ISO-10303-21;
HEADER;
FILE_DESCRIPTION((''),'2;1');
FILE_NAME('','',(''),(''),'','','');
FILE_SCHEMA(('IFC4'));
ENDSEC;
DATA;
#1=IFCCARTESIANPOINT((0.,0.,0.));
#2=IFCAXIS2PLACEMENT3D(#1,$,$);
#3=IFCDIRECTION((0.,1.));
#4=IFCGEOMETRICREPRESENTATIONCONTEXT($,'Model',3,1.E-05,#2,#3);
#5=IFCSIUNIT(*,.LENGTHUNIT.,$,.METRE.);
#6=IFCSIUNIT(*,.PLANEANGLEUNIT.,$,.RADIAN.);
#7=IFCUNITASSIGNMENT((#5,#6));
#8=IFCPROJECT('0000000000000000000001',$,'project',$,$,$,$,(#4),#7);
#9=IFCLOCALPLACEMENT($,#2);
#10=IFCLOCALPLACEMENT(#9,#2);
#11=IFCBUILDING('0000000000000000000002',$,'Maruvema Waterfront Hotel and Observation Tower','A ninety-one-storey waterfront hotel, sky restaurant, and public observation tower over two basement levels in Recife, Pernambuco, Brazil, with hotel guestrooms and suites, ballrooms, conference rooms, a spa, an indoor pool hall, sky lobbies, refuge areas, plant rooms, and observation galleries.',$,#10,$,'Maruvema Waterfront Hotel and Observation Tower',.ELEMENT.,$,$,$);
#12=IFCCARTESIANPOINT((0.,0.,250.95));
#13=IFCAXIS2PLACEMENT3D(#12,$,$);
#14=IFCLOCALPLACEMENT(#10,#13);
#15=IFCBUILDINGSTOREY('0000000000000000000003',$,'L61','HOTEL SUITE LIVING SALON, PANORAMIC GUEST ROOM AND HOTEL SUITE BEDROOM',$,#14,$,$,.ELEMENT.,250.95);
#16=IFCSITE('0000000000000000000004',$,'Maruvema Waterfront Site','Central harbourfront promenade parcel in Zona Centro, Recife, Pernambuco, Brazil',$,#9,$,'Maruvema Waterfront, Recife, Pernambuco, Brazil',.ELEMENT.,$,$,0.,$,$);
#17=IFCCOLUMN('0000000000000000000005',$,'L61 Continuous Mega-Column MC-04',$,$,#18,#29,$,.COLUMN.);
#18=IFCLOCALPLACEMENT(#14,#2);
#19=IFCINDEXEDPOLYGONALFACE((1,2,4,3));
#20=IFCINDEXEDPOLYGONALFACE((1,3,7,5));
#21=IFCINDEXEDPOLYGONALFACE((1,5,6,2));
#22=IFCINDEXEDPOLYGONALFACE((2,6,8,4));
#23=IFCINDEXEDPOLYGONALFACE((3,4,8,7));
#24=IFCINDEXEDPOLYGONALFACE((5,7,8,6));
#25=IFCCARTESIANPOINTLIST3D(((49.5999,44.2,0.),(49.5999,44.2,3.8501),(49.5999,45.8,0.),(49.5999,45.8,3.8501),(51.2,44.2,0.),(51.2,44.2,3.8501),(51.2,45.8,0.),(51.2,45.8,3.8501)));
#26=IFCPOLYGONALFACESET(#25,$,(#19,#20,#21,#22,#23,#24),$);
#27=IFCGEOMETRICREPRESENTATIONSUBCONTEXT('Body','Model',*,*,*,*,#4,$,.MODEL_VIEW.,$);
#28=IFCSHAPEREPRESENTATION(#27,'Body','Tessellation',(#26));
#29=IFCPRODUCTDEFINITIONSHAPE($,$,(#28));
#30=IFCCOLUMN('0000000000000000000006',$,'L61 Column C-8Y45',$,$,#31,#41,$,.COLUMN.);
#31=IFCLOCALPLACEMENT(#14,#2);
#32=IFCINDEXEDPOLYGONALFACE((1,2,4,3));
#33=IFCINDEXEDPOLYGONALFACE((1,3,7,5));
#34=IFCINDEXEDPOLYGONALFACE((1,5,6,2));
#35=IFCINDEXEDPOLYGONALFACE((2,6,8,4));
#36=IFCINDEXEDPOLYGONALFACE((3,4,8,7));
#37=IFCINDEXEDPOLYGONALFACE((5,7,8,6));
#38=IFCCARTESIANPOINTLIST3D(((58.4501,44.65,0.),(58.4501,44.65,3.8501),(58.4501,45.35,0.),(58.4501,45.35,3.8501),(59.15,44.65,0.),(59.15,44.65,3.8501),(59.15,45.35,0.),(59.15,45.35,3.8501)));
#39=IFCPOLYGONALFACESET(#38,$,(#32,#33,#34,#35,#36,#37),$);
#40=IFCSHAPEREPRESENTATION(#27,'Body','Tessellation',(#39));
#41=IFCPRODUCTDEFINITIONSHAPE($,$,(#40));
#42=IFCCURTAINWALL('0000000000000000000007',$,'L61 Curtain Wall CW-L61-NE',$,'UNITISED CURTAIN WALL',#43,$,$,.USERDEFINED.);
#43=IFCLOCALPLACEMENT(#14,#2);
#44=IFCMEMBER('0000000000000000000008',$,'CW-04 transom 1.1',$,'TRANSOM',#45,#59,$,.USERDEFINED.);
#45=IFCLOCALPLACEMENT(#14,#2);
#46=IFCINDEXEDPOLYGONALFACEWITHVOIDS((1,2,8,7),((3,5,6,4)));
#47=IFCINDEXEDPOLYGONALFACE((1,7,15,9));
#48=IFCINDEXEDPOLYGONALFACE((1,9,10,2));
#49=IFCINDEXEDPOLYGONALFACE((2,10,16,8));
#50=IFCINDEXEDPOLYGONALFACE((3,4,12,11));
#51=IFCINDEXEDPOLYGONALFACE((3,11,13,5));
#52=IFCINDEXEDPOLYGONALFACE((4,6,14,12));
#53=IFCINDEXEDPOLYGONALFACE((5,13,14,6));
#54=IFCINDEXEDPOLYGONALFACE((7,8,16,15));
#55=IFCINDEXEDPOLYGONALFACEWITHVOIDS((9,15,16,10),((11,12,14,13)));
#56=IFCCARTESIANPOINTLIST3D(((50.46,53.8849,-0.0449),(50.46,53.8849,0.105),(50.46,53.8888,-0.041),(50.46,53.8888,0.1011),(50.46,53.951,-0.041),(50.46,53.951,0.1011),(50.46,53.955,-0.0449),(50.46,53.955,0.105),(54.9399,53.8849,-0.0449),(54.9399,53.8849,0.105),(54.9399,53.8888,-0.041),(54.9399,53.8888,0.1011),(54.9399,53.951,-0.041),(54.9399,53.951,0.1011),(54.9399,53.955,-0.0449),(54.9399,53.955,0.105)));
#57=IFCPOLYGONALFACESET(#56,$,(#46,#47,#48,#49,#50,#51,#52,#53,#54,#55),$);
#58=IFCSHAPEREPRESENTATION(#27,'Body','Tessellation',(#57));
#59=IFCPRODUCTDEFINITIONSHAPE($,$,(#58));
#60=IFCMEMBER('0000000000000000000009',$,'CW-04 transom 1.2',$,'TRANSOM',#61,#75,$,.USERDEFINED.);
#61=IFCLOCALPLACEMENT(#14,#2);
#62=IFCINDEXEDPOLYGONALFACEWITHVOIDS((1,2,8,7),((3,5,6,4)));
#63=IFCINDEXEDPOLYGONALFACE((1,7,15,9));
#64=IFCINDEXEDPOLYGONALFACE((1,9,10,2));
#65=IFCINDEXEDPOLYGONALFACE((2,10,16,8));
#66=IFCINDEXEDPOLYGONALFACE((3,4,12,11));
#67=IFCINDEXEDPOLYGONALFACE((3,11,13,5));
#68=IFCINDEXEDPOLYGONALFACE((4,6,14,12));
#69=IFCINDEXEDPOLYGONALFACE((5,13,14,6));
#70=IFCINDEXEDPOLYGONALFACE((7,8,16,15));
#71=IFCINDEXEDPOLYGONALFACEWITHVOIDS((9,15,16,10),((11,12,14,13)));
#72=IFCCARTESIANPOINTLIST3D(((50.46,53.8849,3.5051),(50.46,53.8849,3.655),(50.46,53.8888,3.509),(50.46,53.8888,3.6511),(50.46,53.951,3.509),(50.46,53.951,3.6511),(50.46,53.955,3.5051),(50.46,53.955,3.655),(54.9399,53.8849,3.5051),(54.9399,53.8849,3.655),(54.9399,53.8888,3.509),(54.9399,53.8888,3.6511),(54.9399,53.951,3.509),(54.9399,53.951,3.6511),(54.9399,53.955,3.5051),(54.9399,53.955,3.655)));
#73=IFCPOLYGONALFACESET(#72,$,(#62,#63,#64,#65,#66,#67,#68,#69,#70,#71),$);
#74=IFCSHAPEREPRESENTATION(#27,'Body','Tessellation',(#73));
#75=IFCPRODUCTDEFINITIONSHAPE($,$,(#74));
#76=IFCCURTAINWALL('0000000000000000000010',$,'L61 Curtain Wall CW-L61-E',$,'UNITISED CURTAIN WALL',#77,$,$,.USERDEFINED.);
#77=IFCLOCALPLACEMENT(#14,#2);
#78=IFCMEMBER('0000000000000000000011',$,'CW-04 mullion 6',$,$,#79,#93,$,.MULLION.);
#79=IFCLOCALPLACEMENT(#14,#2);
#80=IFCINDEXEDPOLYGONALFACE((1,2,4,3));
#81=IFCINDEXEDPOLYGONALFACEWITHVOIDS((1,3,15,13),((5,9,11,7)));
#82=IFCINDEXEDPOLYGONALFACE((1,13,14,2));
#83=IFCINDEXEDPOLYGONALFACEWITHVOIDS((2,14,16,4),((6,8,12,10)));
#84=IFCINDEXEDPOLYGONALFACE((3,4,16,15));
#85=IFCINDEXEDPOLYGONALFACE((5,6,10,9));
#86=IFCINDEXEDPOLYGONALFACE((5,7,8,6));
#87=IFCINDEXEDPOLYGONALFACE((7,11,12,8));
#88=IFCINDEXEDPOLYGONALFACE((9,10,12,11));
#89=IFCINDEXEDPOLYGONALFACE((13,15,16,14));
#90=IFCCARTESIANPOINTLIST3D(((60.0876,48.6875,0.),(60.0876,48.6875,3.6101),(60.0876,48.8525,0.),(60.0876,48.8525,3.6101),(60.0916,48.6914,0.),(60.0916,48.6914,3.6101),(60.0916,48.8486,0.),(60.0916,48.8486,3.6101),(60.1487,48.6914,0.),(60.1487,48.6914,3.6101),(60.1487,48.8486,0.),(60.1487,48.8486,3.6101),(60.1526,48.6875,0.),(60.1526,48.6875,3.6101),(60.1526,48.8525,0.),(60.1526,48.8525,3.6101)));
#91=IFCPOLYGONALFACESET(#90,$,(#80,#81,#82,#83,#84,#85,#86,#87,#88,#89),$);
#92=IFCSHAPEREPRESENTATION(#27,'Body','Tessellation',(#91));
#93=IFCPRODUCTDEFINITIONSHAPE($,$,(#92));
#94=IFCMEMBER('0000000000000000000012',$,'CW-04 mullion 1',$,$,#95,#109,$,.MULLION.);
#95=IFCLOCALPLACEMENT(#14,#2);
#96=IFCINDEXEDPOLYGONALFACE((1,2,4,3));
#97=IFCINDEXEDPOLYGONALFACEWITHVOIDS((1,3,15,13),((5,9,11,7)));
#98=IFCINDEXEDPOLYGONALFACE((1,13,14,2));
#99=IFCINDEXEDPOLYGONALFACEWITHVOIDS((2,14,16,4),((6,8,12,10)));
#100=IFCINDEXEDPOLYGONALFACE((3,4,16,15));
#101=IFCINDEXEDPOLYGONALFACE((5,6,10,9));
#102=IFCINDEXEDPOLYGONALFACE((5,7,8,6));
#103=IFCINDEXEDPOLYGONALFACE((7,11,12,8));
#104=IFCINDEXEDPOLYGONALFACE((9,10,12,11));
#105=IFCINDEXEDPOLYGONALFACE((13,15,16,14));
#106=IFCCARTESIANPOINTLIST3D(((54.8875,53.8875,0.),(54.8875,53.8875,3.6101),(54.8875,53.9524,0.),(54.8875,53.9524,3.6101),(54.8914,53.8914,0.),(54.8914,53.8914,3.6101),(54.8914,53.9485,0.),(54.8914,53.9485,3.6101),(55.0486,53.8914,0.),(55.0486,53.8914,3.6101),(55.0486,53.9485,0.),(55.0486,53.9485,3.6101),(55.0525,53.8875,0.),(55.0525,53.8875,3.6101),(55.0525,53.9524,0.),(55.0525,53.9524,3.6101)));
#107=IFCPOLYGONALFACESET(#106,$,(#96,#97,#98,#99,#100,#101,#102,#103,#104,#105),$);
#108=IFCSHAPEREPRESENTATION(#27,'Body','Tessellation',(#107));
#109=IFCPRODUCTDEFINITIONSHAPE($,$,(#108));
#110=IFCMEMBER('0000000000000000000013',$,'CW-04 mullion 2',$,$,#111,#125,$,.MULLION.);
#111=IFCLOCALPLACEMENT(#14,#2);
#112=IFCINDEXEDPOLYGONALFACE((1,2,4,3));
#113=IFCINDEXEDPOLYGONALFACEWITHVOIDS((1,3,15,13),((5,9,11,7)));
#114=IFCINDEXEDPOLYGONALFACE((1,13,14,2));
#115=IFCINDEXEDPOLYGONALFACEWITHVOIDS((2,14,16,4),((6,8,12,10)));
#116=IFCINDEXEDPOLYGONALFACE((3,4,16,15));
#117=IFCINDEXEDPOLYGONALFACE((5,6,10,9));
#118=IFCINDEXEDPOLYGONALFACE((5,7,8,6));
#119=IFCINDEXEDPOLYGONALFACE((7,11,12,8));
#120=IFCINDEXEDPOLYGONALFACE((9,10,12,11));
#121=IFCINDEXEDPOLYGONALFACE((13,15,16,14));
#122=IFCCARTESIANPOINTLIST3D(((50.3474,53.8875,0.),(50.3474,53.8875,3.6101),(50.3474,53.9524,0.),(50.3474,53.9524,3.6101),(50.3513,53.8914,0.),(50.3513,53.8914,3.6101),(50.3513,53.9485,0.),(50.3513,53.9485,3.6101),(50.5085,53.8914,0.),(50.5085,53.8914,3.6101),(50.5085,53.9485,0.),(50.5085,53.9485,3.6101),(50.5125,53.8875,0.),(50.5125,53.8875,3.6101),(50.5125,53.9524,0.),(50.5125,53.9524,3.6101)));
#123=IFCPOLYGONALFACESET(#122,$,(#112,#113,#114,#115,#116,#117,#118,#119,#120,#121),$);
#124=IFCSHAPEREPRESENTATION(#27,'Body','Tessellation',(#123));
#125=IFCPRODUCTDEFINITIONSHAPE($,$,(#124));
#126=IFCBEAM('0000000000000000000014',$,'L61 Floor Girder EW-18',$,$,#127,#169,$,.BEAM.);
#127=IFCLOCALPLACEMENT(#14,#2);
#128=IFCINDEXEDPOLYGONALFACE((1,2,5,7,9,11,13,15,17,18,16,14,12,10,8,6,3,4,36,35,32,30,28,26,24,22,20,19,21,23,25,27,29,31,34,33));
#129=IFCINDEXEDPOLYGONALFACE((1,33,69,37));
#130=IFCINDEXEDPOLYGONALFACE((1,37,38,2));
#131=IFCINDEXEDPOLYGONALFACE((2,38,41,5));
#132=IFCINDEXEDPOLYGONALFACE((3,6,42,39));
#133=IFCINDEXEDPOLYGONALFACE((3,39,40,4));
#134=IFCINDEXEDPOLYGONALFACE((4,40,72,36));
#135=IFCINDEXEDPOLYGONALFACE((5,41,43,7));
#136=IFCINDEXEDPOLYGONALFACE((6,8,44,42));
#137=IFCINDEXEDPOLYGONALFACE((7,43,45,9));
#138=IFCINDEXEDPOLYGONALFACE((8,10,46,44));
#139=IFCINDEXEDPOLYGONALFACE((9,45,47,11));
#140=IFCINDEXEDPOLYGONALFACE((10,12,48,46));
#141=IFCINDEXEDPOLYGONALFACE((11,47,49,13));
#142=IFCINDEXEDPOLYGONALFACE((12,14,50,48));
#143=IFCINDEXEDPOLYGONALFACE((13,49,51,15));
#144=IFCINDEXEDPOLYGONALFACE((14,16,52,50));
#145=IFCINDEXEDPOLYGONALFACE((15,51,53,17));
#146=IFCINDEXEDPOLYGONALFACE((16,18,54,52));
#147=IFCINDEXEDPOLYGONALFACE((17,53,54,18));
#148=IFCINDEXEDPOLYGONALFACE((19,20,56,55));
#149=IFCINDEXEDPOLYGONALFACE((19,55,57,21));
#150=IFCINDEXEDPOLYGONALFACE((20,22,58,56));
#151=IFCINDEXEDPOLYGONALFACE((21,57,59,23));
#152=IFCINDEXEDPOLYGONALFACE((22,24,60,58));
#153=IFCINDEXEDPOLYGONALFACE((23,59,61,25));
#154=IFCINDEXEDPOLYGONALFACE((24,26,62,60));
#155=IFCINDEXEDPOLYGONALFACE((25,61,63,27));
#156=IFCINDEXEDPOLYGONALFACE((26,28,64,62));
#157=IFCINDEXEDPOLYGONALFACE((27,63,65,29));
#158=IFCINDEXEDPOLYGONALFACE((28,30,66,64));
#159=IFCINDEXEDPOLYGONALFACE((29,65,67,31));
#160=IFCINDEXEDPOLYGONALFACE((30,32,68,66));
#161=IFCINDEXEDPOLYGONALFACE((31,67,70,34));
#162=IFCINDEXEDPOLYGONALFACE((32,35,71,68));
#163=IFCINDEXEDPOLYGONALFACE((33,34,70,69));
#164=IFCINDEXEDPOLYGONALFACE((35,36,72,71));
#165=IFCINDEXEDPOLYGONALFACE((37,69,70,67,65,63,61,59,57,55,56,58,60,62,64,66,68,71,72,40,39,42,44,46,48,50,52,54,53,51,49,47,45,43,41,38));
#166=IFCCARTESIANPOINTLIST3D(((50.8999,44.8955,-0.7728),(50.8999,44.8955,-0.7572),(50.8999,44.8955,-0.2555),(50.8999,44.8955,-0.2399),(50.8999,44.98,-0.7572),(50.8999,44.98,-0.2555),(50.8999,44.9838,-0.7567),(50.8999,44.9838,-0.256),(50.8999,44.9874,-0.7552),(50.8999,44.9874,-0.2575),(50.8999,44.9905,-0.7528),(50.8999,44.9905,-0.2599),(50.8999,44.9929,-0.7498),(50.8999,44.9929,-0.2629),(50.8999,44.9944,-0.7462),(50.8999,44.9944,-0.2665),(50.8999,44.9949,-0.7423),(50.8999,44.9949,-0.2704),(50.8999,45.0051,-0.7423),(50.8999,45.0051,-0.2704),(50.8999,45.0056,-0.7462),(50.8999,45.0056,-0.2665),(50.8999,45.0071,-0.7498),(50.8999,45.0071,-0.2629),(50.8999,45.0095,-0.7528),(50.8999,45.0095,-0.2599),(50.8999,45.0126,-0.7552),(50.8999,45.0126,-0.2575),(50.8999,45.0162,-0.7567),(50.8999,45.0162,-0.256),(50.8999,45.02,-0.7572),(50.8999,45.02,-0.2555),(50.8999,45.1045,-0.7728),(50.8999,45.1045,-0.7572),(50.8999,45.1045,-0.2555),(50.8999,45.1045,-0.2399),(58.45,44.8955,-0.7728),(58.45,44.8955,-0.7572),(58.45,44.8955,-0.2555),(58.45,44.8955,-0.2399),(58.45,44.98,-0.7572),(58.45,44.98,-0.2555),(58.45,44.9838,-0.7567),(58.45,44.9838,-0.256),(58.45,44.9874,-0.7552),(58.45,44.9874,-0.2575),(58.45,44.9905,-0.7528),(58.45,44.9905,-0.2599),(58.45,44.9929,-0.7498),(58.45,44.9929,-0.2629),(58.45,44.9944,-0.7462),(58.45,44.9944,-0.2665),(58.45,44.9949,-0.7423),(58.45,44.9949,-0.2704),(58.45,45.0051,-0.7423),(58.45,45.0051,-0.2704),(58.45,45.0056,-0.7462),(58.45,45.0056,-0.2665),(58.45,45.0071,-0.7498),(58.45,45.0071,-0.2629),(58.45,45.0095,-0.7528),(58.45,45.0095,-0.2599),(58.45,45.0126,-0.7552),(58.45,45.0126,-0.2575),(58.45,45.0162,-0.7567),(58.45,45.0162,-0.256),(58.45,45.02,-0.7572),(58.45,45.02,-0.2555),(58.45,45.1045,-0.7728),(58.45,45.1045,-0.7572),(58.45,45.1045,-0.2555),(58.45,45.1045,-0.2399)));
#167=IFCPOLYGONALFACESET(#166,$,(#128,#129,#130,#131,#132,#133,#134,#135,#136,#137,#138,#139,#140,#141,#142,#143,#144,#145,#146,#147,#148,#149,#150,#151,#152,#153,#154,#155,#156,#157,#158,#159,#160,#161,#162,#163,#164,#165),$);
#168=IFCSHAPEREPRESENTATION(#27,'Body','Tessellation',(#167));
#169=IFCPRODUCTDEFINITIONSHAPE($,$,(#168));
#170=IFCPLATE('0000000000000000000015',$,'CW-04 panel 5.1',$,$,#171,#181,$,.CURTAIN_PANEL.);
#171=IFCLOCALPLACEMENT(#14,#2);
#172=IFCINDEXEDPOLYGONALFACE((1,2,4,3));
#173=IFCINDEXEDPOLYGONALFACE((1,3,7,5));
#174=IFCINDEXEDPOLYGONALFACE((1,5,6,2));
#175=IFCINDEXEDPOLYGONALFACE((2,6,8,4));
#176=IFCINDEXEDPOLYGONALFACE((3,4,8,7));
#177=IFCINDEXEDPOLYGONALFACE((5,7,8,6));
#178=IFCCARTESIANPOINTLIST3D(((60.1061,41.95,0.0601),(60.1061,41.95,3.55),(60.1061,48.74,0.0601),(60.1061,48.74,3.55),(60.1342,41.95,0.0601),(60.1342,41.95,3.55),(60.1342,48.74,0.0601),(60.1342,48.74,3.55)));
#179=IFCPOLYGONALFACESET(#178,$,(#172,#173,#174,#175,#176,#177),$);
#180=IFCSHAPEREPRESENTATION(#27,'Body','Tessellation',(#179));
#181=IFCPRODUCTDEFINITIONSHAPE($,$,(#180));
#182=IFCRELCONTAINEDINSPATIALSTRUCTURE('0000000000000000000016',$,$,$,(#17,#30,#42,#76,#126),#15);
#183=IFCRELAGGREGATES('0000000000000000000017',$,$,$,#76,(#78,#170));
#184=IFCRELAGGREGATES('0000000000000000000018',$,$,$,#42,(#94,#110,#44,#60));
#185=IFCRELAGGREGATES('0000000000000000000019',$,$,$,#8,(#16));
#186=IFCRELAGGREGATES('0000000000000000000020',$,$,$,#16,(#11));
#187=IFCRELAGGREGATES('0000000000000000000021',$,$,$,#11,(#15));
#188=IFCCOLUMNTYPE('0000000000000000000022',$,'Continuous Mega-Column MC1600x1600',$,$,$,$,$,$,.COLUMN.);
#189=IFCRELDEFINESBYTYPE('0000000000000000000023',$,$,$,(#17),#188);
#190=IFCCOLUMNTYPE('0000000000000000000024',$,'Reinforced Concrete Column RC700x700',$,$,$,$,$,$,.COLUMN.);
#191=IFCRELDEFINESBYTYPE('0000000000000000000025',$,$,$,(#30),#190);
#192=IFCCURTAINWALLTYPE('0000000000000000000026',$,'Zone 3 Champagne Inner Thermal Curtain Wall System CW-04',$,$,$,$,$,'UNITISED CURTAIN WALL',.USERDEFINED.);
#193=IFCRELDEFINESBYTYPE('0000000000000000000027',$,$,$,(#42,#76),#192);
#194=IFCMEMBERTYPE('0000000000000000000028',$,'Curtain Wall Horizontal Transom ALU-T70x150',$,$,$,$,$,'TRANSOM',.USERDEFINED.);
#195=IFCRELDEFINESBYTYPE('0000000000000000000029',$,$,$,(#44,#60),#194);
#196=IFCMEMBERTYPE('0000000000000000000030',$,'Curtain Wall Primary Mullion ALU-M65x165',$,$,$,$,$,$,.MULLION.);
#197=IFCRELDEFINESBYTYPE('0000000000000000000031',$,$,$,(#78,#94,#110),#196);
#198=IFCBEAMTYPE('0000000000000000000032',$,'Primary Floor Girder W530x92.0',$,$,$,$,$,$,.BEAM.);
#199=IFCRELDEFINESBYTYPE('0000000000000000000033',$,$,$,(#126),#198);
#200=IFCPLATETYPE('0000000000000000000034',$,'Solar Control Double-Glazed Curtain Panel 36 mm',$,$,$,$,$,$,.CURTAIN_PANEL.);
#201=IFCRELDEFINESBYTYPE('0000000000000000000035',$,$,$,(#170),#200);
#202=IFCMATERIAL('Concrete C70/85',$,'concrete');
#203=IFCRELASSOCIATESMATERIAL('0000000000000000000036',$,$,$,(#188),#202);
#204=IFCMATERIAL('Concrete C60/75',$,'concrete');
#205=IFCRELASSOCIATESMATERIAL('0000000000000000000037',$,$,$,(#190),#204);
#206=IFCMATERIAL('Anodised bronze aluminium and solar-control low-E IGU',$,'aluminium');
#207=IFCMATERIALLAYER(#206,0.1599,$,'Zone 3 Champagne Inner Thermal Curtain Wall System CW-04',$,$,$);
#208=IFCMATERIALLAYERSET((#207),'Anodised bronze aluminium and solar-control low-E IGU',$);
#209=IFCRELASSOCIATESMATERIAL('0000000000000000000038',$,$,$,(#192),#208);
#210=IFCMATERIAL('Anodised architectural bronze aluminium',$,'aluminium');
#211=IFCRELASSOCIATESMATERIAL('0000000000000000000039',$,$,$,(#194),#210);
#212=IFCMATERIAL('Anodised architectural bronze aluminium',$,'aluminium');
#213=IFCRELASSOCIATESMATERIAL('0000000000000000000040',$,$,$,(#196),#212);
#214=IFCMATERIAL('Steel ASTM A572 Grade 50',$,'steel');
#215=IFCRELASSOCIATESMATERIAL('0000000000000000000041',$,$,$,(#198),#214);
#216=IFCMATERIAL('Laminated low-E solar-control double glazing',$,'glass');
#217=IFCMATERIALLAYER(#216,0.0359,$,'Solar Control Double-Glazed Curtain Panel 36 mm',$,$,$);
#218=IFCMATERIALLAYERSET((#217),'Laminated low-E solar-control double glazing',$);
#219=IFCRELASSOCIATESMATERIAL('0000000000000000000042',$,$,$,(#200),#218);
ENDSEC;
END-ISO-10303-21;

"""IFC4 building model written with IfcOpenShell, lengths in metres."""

from ifc_helpers import new_model, si_unit, direction, frame, origin, origin_2d, place, context, subcontext, project, spatial, rectangle, hollow_rectangle, i_section, extrude, material, layer, layer_set, material_profile, profile_set, type_object, element, aggregate, save


model = new_model("IFC4")

# Units and contexts
model_context = context("Model", 3, precision=1e-05, world=origin(), true_north=direction((0.0, 1.0)))
body_context = subcontext(model_context, "Body", "Model", "MODEL_VIEW")
ifc_project = project(units=[si_unit("LENGTHUNIT", "METRE"), si_unit("PLANEANGLEUNIT", "RADIAN")], contexts=[model_context])

# Site, building, storey
site_placement = place(None, origin())
site = spatial("IfcSite", under=ifc_project, at=site_placement, Name="Maruvema Waterfront Site", Description="Central harbourfront promenade parcel in Zona Centro, Recife, Pernambuco, Brazil", LongName="Maruvema Waterfront, Recife, Pernambuco, Brazil", CompositionType="ELEMENT", RefElevation=0.0)
building_placement = place(site_placement, origin())
building = spatial("IfcBuilding", under=site, at=building_placement, Name="Maruvema Waterfront Hotel and Observation Tower", Description="A ninety-one-storey waterfront hotel, sky restaurant, and public observation tower over two basement levels in Recife, Pernambuco, Brazil, with hotel guestrooms and suites, ballrooms, conference rooms, a spa, an indoor pool hall, sky lobbies, refuge areas, plant rooms, and observation galleries.", LongName="Maruvema Waterfront Hotel and Observation Tower", CompositionType="ELEMENT")
storey_placement = place(building_placement, frame((0.0, 0.0, 250.95)))
storey = spatial("IfcBuildingStorey", under=building, at=storey_placement, Name="L61", Description="HOTEL SUITE LIVING SALON, PANORAMIC GUEST ROOM AND HOTEL SUITE BEDROOM", CompositionType="ELEMENT", Elevation=250.95)

# Columns
ifc_material_1 = material(Name="Concrete C70/85", Category="concrete")
ifc_material_profile_1 = material_profile(ifc_material_1, rectangle(XDim=1.6001, YDim=1.6001, at=origin_2d()), Name="MC1600x1600")
ifc_profile_set_1 = profile_set([ifc_material_profile_1], Name="Concrete C70/85")
column_type_1 = type_object("IfcColumnType", Name="Continuous Mega-Column MC1600x1600", PredefinedType="COLUMN", material=ifc_profile_set_1)
column_1_placement = place(storey_placement, frame((50.3999, 45.0, 0.0), z_axis=(0.0, 0.0, 1.0), x_axis=(1.0, 0.0, 0.0)))
element("IfcColumn", 1, at=column_1_placement, inside=storey, type_object=column_type_1, Name="L61 Continuous Mega-Column MC-04", PredefinedType="COLUMN", context=body_context, shape_type="SweptSolid", body=[
    extrude(rectangle(XDim=1.6001, YDim=1.6001, at=origin_2d()), origin(), (0.0, 0.0, 1.0), 3.8501),
])
ifc_material_2 = material(Name="Concrete C60/75", Category="concrete")
ifc_material_profile_2 = material_profile(ifc_material_2, rectangle(XDim=0.7, YDim=0.7, at=origin_2d()), Name="RC700x700")
ifc_profile_set_2 = profile_set([ifc_material_profile_2], Name="Concrete C60/75")
column_type_2 = type_object("IfcColumnType", Name="Reinforced Concrete Column RC700x700", PredefinedType="COLUMN", material=ifc_profile_set_2)
column_2_placement = place(storey_placement, frame((58.8, 45.0, 0.0), z_axis=(0.0, 0.0, 1.0), x_axis=(1.0, 0.0, 0.0)))
element("IfcColumn", 2, at=column_2_placement, inside=storey, type_object=column_type_2, Name="L61 Column C-8Y45", PredefinedType="COLUMN", context=body_context, shape_type="SweptSolid", body=[
    extrude(rectangle(XDim=0.7, YDim=0.7, at=origin_2d()), origin(), (0.0, 0.0, 1.0), 3.8501),
])

# Curtain wall, members
ifc_material_3 = material(Name="Anodised bronze aluminium and solar-control low-E IGU", Category="aluminium")
ifc_layer_1 = layer(ifc_material_3, 0.1599, Name="Zone 3 Champagne Inner Thermal Curtain Wall System CW-04")
ifc_layer_set_1 = layer_set([ifc_layer_1], Name="Anodised bronze aluminium and solar-control low-E IGU")
curtain_wall_type = type_object("IfcCurtainWallType", Name="Zone 3 Champagne Inner Thermal Curtain Wall System CW-04", ElementType="UNITISED CURTAIN WALL", PredefinedType="USERDEFINED", material=ifc_layer_set_1)
curtain_wall_1_placement = place(storey_placement, origin())
curtain_wall_1 = element("IfcCurtainWall", 3, at=curtain_wall_1_placement, inside=storey, type_object=curtain_wall_type, Name="L61 Curtain Wall CW-L61-NE", ObjectType="UNITISED CURTAIN WALL", PredefinedType="USERDEFINED")
ifc_material_4 = material(Name="Anodised architectural bronze aluminium", Category="aluminium")
ifc_material_profile_3 = material_profile(ifc_material_4, hollow_rectangle(XDim=0.0701, YDim=0.1499, WallThickness=0.0039, at=origin_2d()), Name="ALU-T70x150")
ifc_profile_set_3 = profile_set([ifc_material_profile_3], Name="Anodised architectural bronze aluminium")
member_type_1 = type_object("IfcMemberType", Name="Curtain Wall Horizontal Transom ALU-T70x150", ElementType="TRANSOM", PredefinedType="USERDEFINED", material=ifc_profile_set_3)
member_1_placement = place(storey_placement, frame((54.9399, 53.9199, 0.03), z_axis=(-1.0, 0.0, 0.0), x_axis=(0.0, -1.0, 0.0)))
member_1 = element("IfcMember", 4, at=member_1_placement, type_object=member_type_1, Name="CW-04 transom 1.1", ObjectType="TRANSOM", PredefinedType="USERDEFINED", context=body_context, shape_type="SweptSolid", body=[
    extrude(hollow_rectangle(XDim=0.0701, YDim=0.1499, WallThickness=0.0039, at=origin_2d()), origin(), (0.0, 0.0, 1.0), 4.48),
])
member_2_placement = place(storey_placement, frame((54.9399, 53.9199, 3.5801), z_axis=(-1.0, 0.0, 0.0), x_axis=(0.0, -1.0, 0.0)))
member_2 = element("IfcMember", 5, at=member_2_placement, type_object=member_type_1, Name="CW-04 transom 1.2", ObjectType="TRANSOM", PredefinedType="USERDEFINED", context=body_context, shape_type="SweptSolid", body=[
    extrude(hollow_rectangle(XDim=0.0701, YDim=0.1499, WallThickness=0.0039, at=origin_2d()), origin(), (0.0, 0.0, 1.0), 4.48),
])

# Curtain wall, member
curtain_wall_2_placement = place(storey_placement, origin())
curtain_wall_2 = element("IfcCurtainWall", 6, at=curtain_wall_2_placement, inside=storey, type_object=curtain_wall_type, Name="L61 Curtain Wall CW-L61-E", ObjectType="UNITISED CURTAIN WALL", PredefinedType="USERDEFINED")
ifc_material_5 = material(Name="Anodised architectural bronze aluminium", Category="aluminium")
ifc_material_profile_4 = material_profile(ifc_material_5, hollow_rectangle(XDim=0.0649, YDim=0.165, WallThickness=0.0039, at=origin_2d()), Name="ALU-M65x165")
ifc_profile_set_4 = profile_set([ifc_material_profile_4], Name="Anodised architectural bronze aluminium")
member_type_2 = type_object("IfcMemberType", Name="Curtain Wall Primary Mullion ALU-M65x165", PredefinedType="MULLION", material=ifc_profile_set_4)
member_3_placement = place(storey_placement, frame((60.1201, 48.77, 0.0), z_axis=(0.0, 0.0, 1.0), x_axis=(-1.0, 0.0, 0.0)))
member_3 = element("IfcMember", 7, at=member_3_placement, type_object=member_type_2, Name="CW-04 mullion 6", PredefinedType="MULLION", context=body_context, shape_type="SweptSolid", body=[
    extrude(hollow_rectangle(XDim=0.0649, YDim=0.165, WallThickness=0.0039, at=origin_2d()), origin(), (0.0, 0.0, 1.0), 3.6101),
])

# Members
member_4_placement = place(storey_placement, frame((54.97, 53.9199, 0.0), z_axis=(0.0, 0.0, 1.0), x_axis=(0.0, -1.0, 0.0)))
member_4 = element("IfcMember", 8, at=member_4_placement, type_object=member_type_2, Name="CW-04 mullion 1", PredefinedType="MULLION", context=body_context, shape_type="SweptSolid", body=[
    extrude(hollow_rectangle(XDim=0.0649, YDim=0.165, WallThickness=0.0039, at=origin_2d()), origin(), (0.0, 0.0, 1.0), 3.6101),
])
member_5_placement = place(storey_placement, frame((50.4299, 53.9199, 0.0), z_axis=(0.0, 0.0, 1.0), x_axis=(0.0, -1.0, 0.0)))
member_5 = element("IfcMember", 9, at=member_5_placement, type_object=member_type_2, Name="CW-04 mullion 2", PredefinedType="MULLION", context=body_context, shape_type="SweptSolid", body=[
    extrude(hollow_rectangle(XDim=0.0649, YDim=0.165, WallThickness=0.0039, at=origin_2d()), origin(), (0.0, 0.0, 1.0), 3.6101),
])

# Beam
ifc_material_6 = material(Name="Steel ASTM A572 Grade 50", Category="steel")
ifc_material_profile_5 = material_profile(ifc_material_6, i_section(OverallWidth=0.209, OverallDepth=0.533, WebThickness=0.0103, FlangeThickness=0.0156, FilletRadius=0.0149, at=origin_2d()), Name="W530x92.0")
ifc_profile_set_5 = profile_set([ifc_material_profile_5], Name="Steel ASTM A572 Grade 50")
beam_type = type_object("IfcBeamType", Name="Primary Floor Girder W530x92.0", PredefinedType="BEAM", material=ifc_profile_set_5)
beam_placement = place(storey_placement, frame((50.8999, 45.0, -0.5063), z_axis=(1.0, 0.0, 0.0), x_axis=(0.0, 1.0, 0.0)))
element("IfcBeam", 10, at=beam_placement, inside=storey, type_object=beam_type, Name="L61 Floor Girder EW-18", PredefinedType="BEAM", context=body_context, shape_type="SweptSolid", body=[
    extrude(i_section(OverallWidth=0.209, OverallDepth=0.533, WebThickness=0.0103, FlangeThickness=0.0156, FilletRadius=0.0149, at=origin_2d()), origin(), (0.0, 0.0, 1.0), 7.55),
])

# Plate
ifc_material_7 = material(Name="Laminated low-E solar-control double glazing", Category="glass")
ifc_layer_2 = layer(ifc_material_7, 0.0359, Name="Solar Control Double-Glazed Curtain Panel 36 mm")
ifc_layer_set_2 = layer_set([ifc_layer_2], Name="Laminated low-E solar-control double glazing")
plate_type = type_object("IfcPlateType", Name="Solar Control Double-Glazed Curtain Panel 36 mm", PredefinedType="CURTAIN_PANEL", material=ifc_layer_set_2)
plate_1_placement = place(storey_placement, frame((60.1201, 45.345, 0.0601), z_axis=(0.0, 0.0, 1.0), x_axis=(0.0, 1.0, 0.0)))
plate_1 = element("IfcPlate", 11, at=plate_1_placement, type_object=plate_type, Name="CW-04 panel 5.1", PredefinedType="CURTAIN_PANEL", context=body_context, shape_type="SweptSolid", body=[
    extrude(rectangle(XDim=6.79, YDim=0.0281, at=origin_2d()), origin(), (0.0, 0.0, 1.0), 3.49),
])
aggregate(curtain_wall_2, [member_3, plate_1])
aggregate(curtain_wall_1, [member_4, member_5, member_1, member_2])

save(model, "model.ifc")
